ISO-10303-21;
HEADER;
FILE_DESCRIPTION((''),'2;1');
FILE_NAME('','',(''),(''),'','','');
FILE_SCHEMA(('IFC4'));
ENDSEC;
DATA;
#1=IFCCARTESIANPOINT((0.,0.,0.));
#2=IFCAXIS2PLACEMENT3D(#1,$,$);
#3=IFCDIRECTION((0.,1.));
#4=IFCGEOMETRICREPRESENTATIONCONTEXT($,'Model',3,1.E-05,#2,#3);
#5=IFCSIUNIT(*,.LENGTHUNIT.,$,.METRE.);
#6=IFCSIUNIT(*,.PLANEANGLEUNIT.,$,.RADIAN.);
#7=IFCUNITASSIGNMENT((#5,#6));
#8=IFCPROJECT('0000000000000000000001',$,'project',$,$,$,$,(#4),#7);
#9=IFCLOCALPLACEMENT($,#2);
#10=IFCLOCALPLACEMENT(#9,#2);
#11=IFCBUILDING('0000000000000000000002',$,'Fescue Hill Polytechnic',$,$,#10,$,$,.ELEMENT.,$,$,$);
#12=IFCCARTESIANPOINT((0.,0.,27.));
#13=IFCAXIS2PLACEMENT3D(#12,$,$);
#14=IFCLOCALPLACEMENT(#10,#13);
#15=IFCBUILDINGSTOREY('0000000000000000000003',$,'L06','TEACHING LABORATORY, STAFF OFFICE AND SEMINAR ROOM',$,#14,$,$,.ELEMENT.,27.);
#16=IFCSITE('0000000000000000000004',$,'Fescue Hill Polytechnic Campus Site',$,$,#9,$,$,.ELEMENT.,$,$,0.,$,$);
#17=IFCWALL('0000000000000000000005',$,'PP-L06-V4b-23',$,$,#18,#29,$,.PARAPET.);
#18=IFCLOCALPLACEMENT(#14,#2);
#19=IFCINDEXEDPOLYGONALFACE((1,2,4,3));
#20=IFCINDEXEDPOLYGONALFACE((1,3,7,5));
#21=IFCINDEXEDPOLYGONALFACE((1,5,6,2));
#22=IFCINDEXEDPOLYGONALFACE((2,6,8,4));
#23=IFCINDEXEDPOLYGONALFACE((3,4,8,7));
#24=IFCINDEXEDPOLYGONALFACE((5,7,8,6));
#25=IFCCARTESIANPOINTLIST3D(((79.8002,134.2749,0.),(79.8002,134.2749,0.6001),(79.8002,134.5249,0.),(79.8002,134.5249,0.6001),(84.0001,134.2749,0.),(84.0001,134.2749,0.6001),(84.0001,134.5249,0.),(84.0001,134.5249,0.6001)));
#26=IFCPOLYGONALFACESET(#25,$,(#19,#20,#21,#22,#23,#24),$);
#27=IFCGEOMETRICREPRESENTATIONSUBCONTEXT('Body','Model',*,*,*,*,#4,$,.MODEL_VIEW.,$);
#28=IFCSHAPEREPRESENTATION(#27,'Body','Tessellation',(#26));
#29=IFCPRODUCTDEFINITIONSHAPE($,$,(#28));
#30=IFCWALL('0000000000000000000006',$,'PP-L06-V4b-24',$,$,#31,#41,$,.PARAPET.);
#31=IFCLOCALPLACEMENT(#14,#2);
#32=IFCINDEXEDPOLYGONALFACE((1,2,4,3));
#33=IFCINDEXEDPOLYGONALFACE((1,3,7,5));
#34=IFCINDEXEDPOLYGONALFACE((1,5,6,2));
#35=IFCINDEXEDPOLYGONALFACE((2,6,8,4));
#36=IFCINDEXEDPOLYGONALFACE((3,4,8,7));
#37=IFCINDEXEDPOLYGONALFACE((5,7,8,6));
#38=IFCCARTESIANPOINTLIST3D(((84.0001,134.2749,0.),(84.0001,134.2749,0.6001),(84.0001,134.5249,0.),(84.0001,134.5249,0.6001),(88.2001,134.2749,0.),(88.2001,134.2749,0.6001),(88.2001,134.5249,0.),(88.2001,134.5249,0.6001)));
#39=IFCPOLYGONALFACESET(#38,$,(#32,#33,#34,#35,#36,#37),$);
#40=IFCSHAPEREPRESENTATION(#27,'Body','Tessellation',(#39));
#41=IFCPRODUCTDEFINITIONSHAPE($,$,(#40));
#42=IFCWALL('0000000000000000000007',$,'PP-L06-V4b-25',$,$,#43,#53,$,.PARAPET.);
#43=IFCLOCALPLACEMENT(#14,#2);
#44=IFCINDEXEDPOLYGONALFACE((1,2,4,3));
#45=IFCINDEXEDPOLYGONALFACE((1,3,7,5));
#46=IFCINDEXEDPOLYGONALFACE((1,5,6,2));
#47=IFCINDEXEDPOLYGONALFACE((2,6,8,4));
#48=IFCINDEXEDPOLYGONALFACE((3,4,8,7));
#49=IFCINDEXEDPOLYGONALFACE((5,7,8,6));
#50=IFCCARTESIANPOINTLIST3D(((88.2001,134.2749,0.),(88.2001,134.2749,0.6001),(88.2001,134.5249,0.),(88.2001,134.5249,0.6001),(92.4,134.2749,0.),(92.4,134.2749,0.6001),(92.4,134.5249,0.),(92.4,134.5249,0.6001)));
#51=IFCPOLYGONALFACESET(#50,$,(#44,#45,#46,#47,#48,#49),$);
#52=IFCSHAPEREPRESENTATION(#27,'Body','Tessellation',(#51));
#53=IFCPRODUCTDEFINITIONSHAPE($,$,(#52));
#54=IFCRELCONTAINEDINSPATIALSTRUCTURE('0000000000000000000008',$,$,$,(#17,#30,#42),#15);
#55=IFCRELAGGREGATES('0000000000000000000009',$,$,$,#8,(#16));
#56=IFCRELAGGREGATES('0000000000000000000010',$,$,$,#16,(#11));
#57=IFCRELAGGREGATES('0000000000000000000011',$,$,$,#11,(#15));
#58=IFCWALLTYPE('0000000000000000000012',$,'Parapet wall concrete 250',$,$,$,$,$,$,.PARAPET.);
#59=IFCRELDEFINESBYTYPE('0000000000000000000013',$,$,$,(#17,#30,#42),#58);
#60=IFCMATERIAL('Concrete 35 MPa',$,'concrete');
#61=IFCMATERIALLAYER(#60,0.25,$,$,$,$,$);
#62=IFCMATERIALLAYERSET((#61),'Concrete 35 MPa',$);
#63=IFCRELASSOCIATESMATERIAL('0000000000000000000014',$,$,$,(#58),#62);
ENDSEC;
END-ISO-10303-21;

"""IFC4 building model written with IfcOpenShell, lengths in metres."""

from ifc_helpers import new_model, si_unit, direction, frame, frame_2d, origin, place, context, subcontext, project, spatial, rectangle, extrude, material, layer, layer_set, type_object, element, save


model = new_model("IFC4")

# Units and contexts
model_context = context("Model", 3, precision=1e-05, world=origin(), true_north=direction((0.0, 1.0)))
body_context = subcontext(model_context, "Body", "Model", "MODEL_VIEW")
ifc_project = project(units=[si_unit("LENGTHUNIT", "METRE"), si_unit("PLANEANGLEUNIT", "RADIAN")], contexts=[model_context])

# Site, building, storey
site_placement = place(None, origin())
site = spatial("IfcSite", under=ifc_project, at=site_placement, Name="Fescue Hill Polytechnic Campus Site", CompositionType="ELEMENT", RefElevation=0.0)
building_placement = place(site_placement, origin())
building = spatial("IfcBuilding", under=site, at=building_placement, Name="Fescue Hill Polytechnic", CompositionType="ELEMENT")
storey_placement = place(building_placement, frame((0.0, 0.0, 27.0)))
storey = spatial("IfcBuildingStorey", under=building, at=storey_placement, Name="L06", Description="TEACHING LABORATORY, STAFF OFFICE AND SEMINAR ROOM", CompositionType="ELEMENT", Elevation=27.0)

# Walls
ifc_material_1 = material(Name="Concrete 35 MPa", Category="concrete")
ifc_layer_1 = layer(ifc_material_1, 0.25)
ifc_layer_set_1 = layer_set([ifc_layer_1], Name="Concrete 35 MPa")
wall_type_1 = type_object("IfcWallType", Name="Parapet wall concrete 250", PredefinedType="PARAPET", material=ifc_layer_set_1)
for number, where, z_axis, x_axis, name in (
    (1, (79.8, 134.3999, 0.0), (0.0, 0.0, 1.0), (1.0, 0.0, 0.0), "PP-L06-V4b-23"),
    (2, (84.0, 134.3999, 0.0), (0.0, 0.0, 1.0), (1.0, 0.0, 0.0), "PP-L06-V4b-24"),
    (3, (88.2, 134.3999, 0.0), (0.0, 0.0, 1.0), (1.0, 0.0, 0.0), "PP-L06-V4b-25"),
):
    element("IfcWall", number, at=place(storey_placement, frame(where, z_axis=z_axis, x_axis=x_axis)), inside=storey, type_object=wall_type_1, Name=name, PredefinedType="PARAPET", context=body_context, shape_type="SweptSolid", body=[
        extrude(rectangle(XDim=4.2, YDim=0.25, at=frame_2d((2.1001, 0.0))), origin(), (0.0, 0.0, 1.0), 0.6001),
    ])

save(model, "model.ifc")
